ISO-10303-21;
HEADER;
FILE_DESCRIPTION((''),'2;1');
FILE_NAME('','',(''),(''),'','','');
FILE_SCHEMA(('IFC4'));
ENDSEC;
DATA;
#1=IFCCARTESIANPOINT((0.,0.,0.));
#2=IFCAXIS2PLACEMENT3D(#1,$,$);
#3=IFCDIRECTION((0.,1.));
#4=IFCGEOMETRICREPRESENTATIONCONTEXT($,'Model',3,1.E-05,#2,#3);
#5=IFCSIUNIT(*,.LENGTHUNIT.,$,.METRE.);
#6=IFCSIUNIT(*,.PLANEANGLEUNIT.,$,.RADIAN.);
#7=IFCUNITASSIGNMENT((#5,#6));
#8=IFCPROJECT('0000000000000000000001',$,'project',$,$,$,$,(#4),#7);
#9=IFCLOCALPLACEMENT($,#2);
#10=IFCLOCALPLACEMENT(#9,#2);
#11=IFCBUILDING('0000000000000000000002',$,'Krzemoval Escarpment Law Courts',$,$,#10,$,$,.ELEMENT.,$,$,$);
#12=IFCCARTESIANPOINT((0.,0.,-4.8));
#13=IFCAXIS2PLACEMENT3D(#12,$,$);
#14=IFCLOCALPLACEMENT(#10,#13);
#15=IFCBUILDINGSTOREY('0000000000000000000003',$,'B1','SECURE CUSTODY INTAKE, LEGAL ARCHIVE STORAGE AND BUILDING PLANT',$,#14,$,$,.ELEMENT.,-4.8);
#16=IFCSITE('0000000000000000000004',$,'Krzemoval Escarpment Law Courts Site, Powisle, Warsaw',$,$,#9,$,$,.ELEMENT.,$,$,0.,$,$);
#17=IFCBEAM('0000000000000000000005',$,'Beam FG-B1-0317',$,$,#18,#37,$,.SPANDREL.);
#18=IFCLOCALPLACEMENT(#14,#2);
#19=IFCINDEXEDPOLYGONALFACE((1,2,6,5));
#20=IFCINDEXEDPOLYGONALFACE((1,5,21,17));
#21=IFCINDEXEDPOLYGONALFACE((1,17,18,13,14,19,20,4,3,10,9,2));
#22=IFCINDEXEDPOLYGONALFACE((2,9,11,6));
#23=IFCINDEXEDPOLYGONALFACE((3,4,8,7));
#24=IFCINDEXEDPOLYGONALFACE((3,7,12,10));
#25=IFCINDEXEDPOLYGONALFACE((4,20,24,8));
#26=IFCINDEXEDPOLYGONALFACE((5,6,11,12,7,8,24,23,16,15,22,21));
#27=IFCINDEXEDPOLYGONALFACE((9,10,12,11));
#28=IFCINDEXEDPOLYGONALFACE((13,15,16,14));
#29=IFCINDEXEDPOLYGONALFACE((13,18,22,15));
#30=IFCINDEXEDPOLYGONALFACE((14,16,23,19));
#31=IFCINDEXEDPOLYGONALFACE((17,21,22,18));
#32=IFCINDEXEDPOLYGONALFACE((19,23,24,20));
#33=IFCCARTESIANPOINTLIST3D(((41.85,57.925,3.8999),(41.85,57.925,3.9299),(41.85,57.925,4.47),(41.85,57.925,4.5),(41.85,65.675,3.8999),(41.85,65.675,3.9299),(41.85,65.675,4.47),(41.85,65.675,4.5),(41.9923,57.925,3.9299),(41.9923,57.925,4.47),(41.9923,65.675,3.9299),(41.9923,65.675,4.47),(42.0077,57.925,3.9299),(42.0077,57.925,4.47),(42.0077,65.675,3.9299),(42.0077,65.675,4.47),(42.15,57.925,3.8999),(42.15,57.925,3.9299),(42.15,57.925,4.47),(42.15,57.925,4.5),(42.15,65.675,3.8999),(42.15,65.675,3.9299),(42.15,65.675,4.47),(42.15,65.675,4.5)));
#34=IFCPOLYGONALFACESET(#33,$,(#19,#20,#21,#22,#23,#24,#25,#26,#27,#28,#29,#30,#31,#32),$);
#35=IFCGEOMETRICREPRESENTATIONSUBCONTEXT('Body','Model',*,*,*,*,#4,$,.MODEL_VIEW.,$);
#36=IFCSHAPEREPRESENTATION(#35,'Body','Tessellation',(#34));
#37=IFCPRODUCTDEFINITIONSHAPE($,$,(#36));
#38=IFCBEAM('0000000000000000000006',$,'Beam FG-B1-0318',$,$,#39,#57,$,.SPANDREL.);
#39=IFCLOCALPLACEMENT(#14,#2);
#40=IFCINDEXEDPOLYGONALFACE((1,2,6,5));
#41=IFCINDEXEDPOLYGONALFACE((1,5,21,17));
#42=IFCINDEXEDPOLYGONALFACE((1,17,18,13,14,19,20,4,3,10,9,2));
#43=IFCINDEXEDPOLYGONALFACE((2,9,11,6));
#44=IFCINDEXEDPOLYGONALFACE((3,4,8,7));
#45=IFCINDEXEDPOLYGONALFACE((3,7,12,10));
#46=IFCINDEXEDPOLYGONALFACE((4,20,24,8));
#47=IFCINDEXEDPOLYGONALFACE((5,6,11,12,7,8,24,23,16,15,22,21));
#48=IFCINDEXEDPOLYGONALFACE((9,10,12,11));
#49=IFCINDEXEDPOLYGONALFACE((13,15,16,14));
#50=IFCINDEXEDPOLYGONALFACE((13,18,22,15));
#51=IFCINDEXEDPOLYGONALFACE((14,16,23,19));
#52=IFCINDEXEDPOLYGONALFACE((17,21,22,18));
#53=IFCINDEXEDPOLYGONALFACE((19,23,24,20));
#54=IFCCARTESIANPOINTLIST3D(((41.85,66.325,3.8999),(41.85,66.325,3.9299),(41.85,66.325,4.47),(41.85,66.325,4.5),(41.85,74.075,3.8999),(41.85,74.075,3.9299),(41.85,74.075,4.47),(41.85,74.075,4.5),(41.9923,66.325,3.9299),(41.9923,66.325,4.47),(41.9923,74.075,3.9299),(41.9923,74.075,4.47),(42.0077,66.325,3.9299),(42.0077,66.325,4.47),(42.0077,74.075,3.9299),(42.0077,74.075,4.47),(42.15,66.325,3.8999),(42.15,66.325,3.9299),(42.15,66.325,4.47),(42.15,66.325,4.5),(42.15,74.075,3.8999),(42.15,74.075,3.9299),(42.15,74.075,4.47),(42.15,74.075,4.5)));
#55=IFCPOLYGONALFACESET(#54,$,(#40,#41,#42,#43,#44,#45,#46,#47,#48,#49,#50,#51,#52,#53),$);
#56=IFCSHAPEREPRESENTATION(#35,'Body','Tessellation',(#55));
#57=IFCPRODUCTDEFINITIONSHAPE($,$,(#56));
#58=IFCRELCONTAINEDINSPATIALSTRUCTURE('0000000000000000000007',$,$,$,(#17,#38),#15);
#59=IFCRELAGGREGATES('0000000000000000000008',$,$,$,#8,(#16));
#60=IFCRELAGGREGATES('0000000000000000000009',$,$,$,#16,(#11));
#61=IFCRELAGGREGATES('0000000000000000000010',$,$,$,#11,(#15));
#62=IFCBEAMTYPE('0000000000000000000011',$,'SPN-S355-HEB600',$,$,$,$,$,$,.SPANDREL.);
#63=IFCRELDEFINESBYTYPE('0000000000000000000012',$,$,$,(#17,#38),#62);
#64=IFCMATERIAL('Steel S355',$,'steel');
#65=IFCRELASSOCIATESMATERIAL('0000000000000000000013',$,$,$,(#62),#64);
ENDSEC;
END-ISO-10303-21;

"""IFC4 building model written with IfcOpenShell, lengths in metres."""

from ifc_helpers import new_model, si_unit, direction, frame, origin, origin_2d, place, context, subcontext, project, spatial, i_section, extrude, material, material_profile, profile_set, type_object, element, save


model = new_model("IFC4")

# Units and contexts
model_context = context("Model", 3, precision=1e-05, world=origin(), true_north=direction((0.0, 1.0)))
body_context = subcontext(model_context, "Body", "Model", "MODEL_VIEW")
ifc_project = project(units=[si_unit("LENGTHUNIT", "METRE"), si_unit("PLANEANGLEUNIT", "RADIAN")], contexts=[model_context])

# Site, building, storey
site_placement = place(None, origin())
site = spatial("IfcSite", under=ifc_project, at=site_placement, Name="Krzemoval Escarpment Law Courts Site, Powisle, Warsaw", CompositionType="ELEMENT", RefElevation=0.0)
building_placement = place(site_placement, origin())
building = spatial("IfcBuilding", under=site, at=building_placement, Name="Krzemoval Escarpment Law Courts", CompositionType="ELEMENT")
storey_placement = place(building_placement, frame((0.0, 0.0, -4.8)))
storey = spatial("IfcBuildingStorey", under=building, at=storey_placement, Name="B1", Description="SECURE CUSTODY INTAKE, LEGAL ARCHIVE STORAGE AND BUILDING PLANT", CompositionType="ELEMENT", Elevation=-4.8)

# Beams
ifc_material_1 = material(Name="Steel S355", Category="steel")
ifc_material_profile_1 = material_profile(ifc_material_1, i_section(OverallWidth=0.3, OverallDepth=0.6001, WebThickness=0.0154, FlangeThickness=0.03, at=origin_2d()), Name="HEB 600")
ifc_profile_set_1 = profile_set([ifc_material_profile_1], Name="Steel S355")
beam_type = type_object("IfcBeamType", Name="SPN-S355-HEB600", PredefinedType="SPANDREL", material=ifc_profile_set_1)
for number, where, z_axis, x_axis, name in (
    (1, (42.0, 57.925, 4.2), (0.0, 1.0, 0.0), (-1.0, 0.0, 0.0), "Beam FG-B1-0317"),
    (2, (42.0, 66.325, 4.2), (0.0, 1.0, 0.0), (-1.0, 0.0, 0.0), "Beam FG-B1-0318"),
):
    element("IfcBeam", number, at=place(storey_placement, frame(where, z_axis=z_axis, x_axis=x_axis)), inside=storey, type_object=beam_type, Name=name, PredefinedType="SPANDREL", context=body_context, shape_type="SweptSolid", body=[
        extrude(i_section(OverallWidth=0.3, OverallDepth=0.6001, WebThickness=0.0154, FlangeThickness=0.03, at=origin_2d()), origin(), (0.0, 0.0, 1.0), 7.75),
    ])

save(model, "model.ifc")
